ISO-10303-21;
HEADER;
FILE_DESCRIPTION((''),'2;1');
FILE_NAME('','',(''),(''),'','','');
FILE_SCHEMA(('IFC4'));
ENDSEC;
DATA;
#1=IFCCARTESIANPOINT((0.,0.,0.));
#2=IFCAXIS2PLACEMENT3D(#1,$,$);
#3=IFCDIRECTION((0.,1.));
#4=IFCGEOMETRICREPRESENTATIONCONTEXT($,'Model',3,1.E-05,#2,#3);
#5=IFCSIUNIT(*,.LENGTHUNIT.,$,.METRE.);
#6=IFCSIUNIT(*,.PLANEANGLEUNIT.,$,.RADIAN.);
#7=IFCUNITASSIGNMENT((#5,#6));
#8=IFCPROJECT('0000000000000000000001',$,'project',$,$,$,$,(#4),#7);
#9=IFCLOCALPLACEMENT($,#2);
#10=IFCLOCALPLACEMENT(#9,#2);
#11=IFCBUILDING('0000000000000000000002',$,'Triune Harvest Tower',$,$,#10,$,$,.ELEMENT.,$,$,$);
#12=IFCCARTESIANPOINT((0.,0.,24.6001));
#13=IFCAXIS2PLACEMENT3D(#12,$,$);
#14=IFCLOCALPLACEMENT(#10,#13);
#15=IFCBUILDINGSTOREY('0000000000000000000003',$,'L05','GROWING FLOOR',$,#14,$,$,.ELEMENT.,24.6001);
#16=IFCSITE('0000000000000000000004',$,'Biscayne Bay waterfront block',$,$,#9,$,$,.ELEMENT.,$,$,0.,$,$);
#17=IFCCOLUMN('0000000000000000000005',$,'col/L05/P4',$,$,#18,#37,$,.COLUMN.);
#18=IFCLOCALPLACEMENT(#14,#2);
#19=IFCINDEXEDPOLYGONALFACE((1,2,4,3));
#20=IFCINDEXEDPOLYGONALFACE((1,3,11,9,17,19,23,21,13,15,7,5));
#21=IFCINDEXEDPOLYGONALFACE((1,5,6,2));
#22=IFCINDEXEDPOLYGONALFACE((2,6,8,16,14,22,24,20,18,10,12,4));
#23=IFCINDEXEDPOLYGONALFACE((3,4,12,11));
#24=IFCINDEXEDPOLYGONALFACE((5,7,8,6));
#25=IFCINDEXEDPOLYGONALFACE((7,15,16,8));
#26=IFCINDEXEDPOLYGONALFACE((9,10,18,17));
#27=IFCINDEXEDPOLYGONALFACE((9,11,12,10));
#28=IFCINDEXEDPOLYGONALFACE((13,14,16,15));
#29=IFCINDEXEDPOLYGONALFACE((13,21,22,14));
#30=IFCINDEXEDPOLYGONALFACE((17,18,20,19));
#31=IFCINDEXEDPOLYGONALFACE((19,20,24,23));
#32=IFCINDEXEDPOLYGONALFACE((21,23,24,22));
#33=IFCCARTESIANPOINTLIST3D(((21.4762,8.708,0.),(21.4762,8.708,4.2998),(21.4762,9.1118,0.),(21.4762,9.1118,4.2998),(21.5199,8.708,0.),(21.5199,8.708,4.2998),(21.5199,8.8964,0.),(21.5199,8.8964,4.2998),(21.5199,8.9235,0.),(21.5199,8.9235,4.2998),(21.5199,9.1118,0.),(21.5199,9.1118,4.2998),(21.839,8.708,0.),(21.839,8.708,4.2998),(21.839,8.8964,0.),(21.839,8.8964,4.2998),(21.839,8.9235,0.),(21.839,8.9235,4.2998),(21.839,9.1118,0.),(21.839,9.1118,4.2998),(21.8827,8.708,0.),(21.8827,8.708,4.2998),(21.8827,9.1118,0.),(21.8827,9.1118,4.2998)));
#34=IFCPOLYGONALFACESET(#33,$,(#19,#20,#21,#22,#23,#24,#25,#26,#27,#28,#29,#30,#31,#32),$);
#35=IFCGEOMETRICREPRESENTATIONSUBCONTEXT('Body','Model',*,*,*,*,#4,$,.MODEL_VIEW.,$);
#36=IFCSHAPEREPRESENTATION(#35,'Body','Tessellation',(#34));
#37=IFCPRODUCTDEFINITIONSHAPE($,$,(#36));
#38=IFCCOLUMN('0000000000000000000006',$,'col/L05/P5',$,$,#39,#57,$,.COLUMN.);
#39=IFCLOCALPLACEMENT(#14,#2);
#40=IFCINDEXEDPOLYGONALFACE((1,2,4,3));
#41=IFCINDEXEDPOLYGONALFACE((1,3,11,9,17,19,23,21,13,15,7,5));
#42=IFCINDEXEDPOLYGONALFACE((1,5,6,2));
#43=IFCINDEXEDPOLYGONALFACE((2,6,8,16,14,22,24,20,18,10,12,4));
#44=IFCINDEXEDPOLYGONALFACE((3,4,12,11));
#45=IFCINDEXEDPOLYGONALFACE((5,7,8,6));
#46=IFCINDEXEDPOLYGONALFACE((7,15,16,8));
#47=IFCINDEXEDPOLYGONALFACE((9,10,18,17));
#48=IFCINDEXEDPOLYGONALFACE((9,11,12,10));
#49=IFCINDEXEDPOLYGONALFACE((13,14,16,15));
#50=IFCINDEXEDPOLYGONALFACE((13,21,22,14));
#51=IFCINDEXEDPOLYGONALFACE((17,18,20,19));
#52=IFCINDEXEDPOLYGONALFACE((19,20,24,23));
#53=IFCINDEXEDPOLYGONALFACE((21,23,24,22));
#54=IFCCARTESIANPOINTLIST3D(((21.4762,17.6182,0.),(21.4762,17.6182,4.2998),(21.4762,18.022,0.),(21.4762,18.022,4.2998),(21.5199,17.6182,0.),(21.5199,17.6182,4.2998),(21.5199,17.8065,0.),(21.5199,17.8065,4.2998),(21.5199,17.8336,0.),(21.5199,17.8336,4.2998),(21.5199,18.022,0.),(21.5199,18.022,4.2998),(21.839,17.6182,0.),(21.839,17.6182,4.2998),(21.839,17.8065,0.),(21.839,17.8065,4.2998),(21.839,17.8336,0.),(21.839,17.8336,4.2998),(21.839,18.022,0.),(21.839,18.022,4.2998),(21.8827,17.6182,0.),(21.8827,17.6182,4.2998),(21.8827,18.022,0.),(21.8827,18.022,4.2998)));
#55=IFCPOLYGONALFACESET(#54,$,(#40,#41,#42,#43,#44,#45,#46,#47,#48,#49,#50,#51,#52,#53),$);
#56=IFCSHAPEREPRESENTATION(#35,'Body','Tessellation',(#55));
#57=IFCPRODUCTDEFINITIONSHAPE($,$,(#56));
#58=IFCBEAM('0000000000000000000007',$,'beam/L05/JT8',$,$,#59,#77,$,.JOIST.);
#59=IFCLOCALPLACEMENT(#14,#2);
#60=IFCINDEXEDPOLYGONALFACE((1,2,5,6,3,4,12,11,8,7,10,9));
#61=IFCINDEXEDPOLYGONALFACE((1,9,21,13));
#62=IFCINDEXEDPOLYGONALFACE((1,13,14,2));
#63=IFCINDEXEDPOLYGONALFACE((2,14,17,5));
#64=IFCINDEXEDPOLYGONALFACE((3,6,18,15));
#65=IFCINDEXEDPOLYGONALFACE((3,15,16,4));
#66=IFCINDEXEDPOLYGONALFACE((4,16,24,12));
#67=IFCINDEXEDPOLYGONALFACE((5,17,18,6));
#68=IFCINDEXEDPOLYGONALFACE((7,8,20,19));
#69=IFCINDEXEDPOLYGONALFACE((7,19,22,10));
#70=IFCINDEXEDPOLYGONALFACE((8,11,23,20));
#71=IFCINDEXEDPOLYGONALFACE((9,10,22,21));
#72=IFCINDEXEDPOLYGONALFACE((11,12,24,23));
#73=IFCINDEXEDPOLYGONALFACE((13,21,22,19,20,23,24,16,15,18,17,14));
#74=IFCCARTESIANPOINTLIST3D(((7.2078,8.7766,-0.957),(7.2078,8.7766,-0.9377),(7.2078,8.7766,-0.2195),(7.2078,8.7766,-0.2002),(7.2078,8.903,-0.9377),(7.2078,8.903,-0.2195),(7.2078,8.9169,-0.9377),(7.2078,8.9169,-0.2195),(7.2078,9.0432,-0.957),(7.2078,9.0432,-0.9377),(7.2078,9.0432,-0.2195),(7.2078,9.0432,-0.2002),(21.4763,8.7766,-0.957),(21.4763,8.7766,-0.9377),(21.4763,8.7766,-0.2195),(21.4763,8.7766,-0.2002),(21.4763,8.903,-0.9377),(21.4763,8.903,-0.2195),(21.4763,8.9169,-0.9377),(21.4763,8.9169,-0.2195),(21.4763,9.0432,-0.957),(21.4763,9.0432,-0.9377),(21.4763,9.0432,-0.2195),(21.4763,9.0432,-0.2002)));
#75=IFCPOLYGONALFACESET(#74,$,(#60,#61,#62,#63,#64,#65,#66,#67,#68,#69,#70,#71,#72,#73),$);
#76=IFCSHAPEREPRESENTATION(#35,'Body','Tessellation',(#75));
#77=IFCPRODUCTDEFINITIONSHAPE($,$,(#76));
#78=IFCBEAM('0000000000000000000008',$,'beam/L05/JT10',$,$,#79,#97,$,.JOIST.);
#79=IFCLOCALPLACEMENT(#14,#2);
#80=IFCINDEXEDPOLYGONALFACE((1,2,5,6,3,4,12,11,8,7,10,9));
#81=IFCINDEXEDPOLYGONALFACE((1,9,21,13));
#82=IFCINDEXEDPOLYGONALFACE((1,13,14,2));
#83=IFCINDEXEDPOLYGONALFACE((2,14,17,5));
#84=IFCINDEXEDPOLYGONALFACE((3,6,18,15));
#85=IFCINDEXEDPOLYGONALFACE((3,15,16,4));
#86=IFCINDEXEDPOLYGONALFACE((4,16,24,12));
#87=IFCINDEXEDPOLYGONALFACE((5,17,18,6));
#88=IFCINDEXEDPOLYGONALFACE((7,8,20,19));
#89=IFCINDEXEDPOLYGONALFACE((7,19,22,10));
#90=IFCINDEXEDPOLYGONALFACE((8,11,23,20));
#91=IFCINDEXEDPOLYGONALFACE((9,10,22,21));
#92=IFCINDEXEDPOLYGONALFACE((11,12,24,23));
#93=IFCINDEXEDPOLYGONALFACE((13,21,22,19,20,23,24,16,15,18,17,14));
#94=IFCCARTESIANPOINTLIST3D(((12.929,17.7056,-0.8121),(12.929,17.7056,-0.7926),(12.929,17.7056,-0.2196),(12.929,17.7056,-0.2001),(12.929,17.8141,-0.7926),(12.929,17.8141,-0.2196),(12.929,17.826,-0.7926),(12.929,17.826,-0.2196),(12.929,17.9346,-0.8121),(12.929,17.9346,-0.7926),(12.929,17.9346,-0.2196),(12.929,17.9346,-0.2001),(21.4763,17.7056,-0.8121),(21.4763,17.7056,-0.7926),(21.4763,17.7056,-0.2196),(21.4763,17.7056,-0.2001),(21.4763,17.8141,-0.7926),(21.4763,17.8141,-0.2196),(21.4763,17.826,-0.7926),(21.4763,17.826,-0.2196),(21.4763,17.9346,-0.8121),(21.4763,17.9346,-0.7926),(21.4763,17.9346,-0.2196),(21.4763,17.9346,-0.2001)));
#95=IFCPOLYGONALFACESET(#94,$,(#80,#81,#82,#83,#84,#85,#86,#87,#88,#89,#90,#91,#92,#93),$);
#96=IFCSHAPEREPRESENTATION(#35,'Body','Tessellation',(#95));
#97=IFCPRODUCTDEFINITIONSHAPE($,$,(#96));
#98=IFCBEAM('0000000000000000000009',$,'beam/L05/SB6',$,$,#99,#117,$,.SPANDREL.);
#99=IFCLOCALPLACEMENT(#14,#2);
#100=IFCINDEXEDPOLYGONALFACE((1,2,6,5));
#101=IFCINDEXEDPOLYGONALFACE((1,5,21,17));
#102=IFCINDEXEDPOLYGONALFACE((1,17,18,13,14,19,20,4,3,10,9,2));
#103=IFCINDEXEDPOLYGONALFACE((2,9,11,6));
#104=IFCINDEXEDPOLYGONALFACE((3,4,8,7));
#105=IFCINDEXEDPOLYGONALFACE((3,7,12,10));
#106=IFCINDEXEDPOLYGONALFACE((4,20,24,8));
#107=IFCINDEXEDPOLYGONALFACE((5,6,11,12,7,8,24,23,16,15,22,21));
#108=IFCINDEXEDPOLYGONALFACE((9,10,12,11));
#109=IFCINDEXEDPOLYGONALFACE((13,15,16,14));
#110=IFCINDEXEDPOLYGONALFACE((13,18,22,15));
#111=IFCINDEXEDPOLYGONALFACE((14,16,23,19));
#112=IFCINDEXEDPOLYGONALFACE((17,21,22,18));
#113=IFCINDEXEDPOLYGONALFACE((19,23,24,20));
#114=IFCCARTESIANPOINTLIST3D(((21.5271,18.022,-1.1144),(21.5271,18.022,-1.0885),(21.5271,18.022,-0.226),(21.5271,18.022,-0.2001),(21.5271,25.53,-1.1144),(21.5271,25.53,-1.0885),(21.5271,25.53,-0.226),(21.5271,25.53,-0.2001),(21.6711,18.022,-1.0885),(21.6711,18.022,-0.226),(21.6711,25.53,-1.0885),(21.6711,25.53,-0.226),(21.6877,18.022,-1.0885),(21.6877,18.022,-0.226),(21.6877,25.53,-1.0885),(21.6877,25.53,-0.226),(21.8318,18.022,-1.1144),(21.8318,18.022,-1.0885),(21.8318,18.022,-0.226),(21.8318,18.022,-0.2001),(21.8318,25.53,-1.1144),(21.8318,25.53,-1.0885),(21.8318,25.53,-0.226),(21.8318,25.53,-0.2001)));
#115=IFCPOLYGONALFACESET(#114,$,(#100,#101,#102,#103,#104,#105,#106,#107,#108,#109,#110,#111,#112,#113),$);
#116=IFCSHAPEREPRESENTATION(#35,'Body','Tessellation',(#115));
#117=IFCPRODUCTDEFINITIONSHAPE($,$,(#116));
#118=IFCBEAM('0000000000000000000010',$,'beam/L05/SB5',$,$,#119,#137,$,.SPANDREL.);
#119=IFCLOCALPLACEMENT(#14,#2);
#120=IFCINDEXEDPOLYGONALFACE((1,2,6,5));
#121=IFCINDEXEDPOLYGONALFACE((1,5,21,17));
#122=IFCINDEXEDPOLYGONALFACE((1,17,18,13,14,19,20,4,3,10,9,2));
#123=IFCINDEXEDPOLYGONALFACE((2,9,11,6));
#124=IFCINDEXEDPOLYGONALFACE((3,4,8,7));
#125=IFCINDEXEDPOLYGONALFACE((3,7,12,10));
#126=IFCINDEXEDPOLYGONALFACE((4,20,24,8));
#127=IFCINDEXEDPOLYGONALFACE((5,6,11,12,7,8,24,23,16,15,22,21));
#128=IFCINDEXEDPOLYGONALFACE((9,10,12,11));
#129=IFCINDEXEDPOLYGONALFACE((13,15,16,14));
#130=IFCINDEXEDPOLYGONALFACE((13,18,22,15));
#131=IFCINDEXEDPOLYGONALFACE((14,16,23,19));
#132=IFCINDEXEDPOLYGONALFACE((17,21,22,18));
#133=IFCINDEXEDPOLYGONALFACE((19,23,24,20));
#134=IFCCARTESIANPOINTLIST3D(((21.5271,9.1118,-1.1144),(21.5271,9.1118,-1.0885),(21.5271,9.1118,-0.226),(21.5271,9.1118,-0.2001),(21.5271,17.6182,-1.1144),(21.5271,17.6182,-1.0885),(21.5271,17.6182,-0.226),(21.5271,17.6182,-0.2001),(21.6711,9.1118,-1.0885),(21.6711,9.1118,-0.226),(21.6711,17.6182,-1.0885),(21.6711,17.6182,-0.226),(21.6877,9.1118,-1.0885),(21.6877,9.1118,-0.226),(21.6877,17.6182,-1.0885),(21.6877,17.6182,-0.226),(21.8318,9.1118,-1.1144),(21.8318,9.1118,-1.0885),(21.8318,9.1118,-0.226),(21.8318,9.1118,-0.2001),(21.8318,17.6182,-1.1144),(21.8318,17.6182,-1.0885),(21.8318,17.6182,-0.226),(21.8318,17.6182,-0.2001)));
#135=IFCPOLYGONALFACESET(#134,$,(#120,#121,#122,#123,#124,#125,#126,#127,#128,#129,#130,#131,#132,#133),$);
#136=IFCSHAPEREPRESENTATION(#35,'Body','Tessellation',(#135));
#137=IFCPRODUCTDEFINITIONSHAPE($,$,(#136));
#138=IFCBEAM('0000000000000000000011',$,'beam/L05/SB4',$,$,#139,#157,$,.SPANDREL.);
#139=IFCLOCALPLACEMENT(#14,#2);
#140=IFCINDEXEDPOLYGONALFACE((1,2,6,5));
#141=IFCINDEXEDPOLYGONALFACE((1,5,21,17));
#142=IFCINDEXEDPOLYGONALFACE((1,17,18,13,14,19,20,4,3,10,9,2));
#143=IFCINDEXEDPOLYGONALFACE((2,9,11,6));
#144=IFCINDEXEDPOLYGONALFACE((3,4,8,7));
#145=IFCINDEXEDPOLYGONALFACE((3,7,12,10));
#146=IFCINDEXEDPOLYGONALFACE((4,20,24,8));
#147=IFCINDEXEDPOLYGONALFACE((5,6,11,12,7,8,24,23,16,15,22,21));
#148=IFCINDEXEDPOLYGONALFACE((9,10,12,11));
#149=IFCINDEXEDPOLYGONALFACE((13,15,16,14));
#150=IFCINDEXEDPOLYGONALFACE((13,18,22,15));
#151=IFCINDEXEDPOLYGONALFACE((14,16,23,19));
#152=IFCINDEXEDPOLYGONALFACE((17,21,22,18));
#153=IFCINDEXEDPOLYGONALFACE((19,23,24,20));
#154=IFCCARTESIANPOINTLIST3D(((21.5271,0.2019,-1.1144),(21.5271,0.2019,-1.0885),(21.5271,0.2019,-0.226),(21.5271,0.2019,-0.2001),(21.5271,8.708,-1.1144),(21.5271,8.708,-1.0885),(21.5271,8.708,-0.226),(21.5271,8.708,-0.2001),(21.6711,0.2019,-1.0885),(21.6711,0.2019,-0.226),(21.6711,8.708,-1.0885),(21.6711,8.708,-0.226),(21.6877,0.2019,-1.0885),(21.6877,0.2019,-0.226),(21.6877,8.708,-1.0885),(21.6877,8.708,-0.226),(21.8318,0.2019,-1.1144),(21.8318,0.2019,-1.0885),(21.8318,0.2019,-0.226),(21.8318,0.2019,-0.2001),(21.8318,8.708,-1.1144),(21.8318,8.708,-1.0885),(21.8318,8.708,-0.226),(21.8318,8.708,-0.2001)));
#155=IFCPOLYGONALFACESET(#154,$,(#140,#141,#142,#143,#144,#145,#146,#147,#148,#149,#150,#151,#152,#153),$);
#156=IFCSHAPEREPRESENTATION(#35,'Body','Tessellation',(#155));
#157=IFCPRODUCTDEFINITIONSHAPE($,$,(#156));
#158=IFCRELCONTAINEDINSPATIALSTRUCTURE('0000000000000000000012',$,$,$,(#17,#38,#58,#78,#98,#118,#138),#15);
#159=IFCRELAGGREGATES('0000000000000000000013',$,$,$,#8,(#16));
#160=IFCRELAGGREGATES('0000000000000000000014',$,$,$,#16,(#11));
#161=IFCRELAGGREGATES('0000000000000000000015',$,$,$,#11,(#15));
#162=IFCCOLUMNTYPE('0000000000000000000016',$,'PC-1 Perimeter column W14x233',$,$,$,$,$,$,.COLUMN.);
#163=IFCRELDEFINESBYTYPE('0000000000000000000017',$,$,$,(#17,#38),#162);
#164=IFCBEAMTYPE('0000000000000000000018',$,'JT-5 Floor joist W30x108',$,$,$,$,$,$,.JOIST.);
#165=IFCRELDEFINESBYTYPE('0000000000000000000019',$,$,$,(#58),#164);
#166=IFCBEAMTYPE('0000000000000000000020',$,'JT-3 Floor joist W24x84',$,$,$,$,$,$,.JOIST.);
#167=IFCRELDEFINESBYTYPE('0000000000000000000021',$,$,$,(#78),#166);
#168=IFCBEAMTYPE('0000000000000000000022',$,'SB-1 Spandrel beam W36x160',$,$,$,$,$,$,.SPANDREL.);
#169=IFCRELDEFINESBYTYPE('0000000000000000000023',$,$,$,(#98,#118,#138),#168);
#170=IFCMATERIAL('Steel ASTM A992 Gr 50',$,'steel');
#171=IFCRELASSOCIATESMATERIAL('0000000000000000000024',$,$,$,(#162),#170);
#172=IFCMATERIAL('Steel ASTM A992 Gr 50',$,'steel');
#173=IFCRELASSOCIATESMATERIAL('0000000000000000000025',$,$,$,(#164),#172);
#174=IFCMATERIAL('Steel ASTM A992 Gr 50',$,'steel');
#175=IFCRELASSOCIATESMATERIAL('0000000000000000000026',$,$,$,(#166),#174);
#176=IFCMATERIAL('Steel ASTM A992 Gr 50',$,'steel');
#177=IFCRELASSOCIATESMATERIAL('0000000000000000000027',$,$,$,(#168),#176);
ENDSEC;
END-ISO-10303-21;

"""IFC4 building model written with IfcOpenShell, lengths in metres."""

from ifc_helpers import new_model, si_unit, direction, frame, origin, origin_2d, place, context, subcontext, project, spatial, i_section, extrude, source, transform, mapped, material, material_profile, profile_set, type_object, element, save


model = new_model("IFC4")

# Units and contexts
model_context = context("Model", 3, precision=1e-05, world=origin(), true_north=direction((0.0, 1.0)))
body_context = subcontext(model_context, "Body", "Model", "MODEL_VIEW")
ifc_project = project(units=[si_unit("LENGTHUNIT", "METRE"), si_unit("PLANEANGLEUNIT", "RADIAN")], contexts=[model_context])

# Site, building, storey
site_placement = place(None, origin())
site = spatial("IfcSite", under=ifc_project, at=site_placement, Name="Biscayne Bay waterfront block", CompositionType="ELEMENT", RefElevation=0.0)
building_placement = place(site_placement, origin())
building = spatial("IfcBuilding", under=site, at=building_placement, Name="Triune Harvest Tower", CompositionType="ELEMENT")
storey_placement = place(building_placement, frame((0.0, 0.0, 24.6001)))
storey = spatial("IfcBuildingStorey", under=building, at=storey_placement, Name="L05", Description="GROWING FLOOR", CompositionType="ELEMENT", Elevation=24.6001)

# Columns
ifc_material_1 = material(Name="Steel ASTM A992 Gr 50", Category="steel")
ifc_material_profile_1 = material_profile(ifc_material_1, i_section(OverallWidth=0.4038, OverallDepth=0.4065, WebThickness=0.0271, FlangeThickness=0.0437, at=origin_2d()), Name="W14x233")
ifc_profile_set_1 = profile_set([ifc_material_profile_1], Name="Steel ASTM A992 Gr 50")
column_type = type_object("IfcColumnType", Name="PC-1 Perimeter column W14x233", PredefinedType="COLUMN", material=ifc_profile_set_1)
shared_shape_1 = source(origin(), body_context, "Body", "SweptSolid", [
    extrude(i_section(OverallWidth=0.4038, OverallDepth=0.4065, WebThickness=0.0271, FlangeThickness=0.0437, at=origin_2d()), origin(), (0.0, 0.0, 1.0), 4.2998),
])
for number, where, z_axis, x_axis, name in (
    (1, (21.6794, 8.9099, 0.0), (0.0, 0.0, 1.0), (0.0, 1.0, 0.0), "col/L05/P4"),
    (2, (21.6794, 17.8201, 0.0), (0.0, 0.0, 1.0), (0.0, 1.0, 0.0), "col/L05/P5"),
):
    element("IfcColumn", number, at=place(storey_placement, frame(where, z_axis=z_axis, x_axis=x_axis)), inside=storey, type_object=column_type, Name=name, PredefinedType="COLUMN", context=body_context, shape_type="MappedRepresentation", body=[
        mapped(shared_shape_1, transform((0.0, 0.0, 0.0), scale=1.0)),
    ])

# Beams
ifc_material_2 = material(Name="Steel ASTM A992 Gr 50", Category="steel")
ifc_material_profile_2 = material_profile(ifc_material_2, i_section(OverallWidth=0.2666, OverallDepth=0.7568, WebThickness=0.0139, FlangeThickness=0.0193, at=origin_2d()), Name="W30x108")
ifc_profile_set_2 = profile_set([ifc_material_profile_2], Name="Steel ASTM A992 Gr 50")
beam_type_1 = type_object("IfcBeamType", Name="JT-5 Floor joist W30x108", PredefinedType="JOIST", material=ifc_profile_set_2)
shared_shape_2 = source(origin(), body_context, "Body", "SweptSolid", [
    extrude(i_section(OverallWidth=0.2666, OverallDepth=0.7568, WebThickness=0.0139, FlangeThickness=0.0193, at=origin_2d()), origin(), (0.0, 0.0, 1.0), 14.2686),
])
beam_1_placement = place(storey_placement, frame((21.4763, 8.9099, -0.5786), z_axis=(-1.0, 0.0, 0.0), x_axis=(0.0, -1.0, 0.0)))
element("IfcBeam", 3, at=beam_1_placement, inside=storey, type_object=beam_type_1, Name="beam/L05/JT8", PredefinedType="JOIST", context=body_context, shape_type="MappedRepresentation", body=[
    mapped(shared_shape_2, transform((0.0, 0.0, 0.0), scale=1.0)),
])
ifc_material_3 = material(Name="Steel ASTM A992 Gr 50", Category="steel")
ifc_material_profile_3 = material_profile(ifc_material_3, i_section(OverallWidth=0.229, OverallDepth=0.6121, WebThickness=0.012, FlangeThickness=0.0195, at=origin_2d()), Name="W24x84")
ifc_profile_set_3 = profile_set([ifc_material_profile_3], Name="Steel ASTM A992 Gr 50")
beam_type_2 = type_object("IfcBeamType", Name="JT-3 Floor joist W24x84", PredefinedType="JOIST", material=ifc_profile_set_3)
shared_shape_3 = source(origin(), body_context, "Body", "SweptSolid", [
    extrude(i_section(OverallWidth=0.229, OverallDepth=0.6121, WebThickness=0.012, FlangeThickness=0.0195, at=origin_2d()), origin(), (0.0, 0.0, 1.0), 8.5474),
])
beam_2_placement = place(storey_placement, frame((21.4763, 17.8201, -0.5061), z_axis=(-1.0, 0.0, 0.0), x_axis=(0.0, -1.0, 0.0)))
element("IfcBeam", 4, at=beam_2_placement, inside=storey, type_object=beam_type_2, Name="beam/L05/JT10", PredefinedType="JOIST", context=body_context, shape_type="MappedRepresentation", body=[
    mapped(shared_shape_3, transform((0.0, 0.0, 0.0), scale=1.0)),
])
ifc_material_4 = material(Name="Steel ASTM A992 Gr 50", Category="steel")
ifc_material_profile_4 = material_profile(ifc_material_4, i_section(OverallWidth=0.3047, OverallDepth=0.9143, WebThickness=0.0166, FlangeThickness=0.0259, at=origin_2d()), Name="W36x160")
ifc_profile_set_4 = profile_set([ifc_material_profile_4], Name="Steel ASTM A992 Gr 50")
beam_type_3 = type_object("IfcBeamType", Name="SB-1 Spandrel beam W36x160", PredefinedType="SPANDREL", material=ifc_profile_set_4)
shared_shape_4 = source(origin(), body_context, "Body", "SweptSolid", [
    extrude(i_section(OverallWidth=0.3047, OverallDepth=0.9143, WebThickness=0.0166, FlangeThickness=0.0259, at=origin_2d()), origin(), (0.0, 0.0, 1.0), 7.5081),
])
beam_3_placement = place(storey_placement, frame((21.6794, 18.022, -0.6572), z_axis=(0.0, 1.0, 0.0), x_axis=(-1.0, 0.0, 0.0)))
element("IfcBeam", 5, at=beam_3_placement, inside=storey, type_object=beam_type_3, Name="beam/L05/SB6", PredefinedType="SPANDREL", context=body_context, shape_type="MappedRepresentation", body=[
    mapped(shared_shape_4, transform((0.0, 0.0, 0.0), scale=1.0)),
])
shared_shape_5 = source(origin(), body_context, "Body", "SweptSolid", [
    extrude(i_section(OverallWidth=0.3047, OverallDepth=0.9143, WebThickness=0.0166, FlangeThickness=0.0259, at=origin_2d()), origin(), (0.0, 0.0, 1.0), 8.5063),
])
beam_4_placement = place(storey_placement, frame((21.6794, 9.1118, -0.6572), z_axis=(0.0, 1.0, 0.0), x_axis=(-1.0, 0.0, 0.0)))
element("IfcBeam", 6, at=beam_4_placement, inside=storey, type_object=beam_type_3, Name="beam/L05/SB5", PredefinedType="SPANDREL", context=body_context, shape_type="MappedRepresentation", body=[
    mapped(shared_shape_5, transform((0.0, 0.0, 0.0), scale=1.0)),
])
shared_shape_6 = source(origin(), body_context, "Body", "SweptSolid", [
    extrude(i_section(OverallWidth=0.3047, OverallDepth=0.9143, WebThickness=0.0166, FlangeThickness=0.0259, at=origin_2d()), origin(), (0.0, 0.0, 1.0), 8.5061),
])
beam_5_placement = place(storey_placement, frame((21.6794, 0.2019, -0.6572), z_axis=(0.0, 1.0, 0.0), x_axis=(-1.0, 0.0, 0.0)))
element("IfcBeam", 7, at=beam_5_placement, inside=storey, type_object=beam_type_3, Name="beam/L05/SB4", PredefinedType="SPANDREL", context=body_context, shape_type="MappedRepresentation", body=[
    mapped(shared_shape_6, transform((0.0, 0.0, 0.0), scale=1.0)),
])

save(model, "model.ifc")
